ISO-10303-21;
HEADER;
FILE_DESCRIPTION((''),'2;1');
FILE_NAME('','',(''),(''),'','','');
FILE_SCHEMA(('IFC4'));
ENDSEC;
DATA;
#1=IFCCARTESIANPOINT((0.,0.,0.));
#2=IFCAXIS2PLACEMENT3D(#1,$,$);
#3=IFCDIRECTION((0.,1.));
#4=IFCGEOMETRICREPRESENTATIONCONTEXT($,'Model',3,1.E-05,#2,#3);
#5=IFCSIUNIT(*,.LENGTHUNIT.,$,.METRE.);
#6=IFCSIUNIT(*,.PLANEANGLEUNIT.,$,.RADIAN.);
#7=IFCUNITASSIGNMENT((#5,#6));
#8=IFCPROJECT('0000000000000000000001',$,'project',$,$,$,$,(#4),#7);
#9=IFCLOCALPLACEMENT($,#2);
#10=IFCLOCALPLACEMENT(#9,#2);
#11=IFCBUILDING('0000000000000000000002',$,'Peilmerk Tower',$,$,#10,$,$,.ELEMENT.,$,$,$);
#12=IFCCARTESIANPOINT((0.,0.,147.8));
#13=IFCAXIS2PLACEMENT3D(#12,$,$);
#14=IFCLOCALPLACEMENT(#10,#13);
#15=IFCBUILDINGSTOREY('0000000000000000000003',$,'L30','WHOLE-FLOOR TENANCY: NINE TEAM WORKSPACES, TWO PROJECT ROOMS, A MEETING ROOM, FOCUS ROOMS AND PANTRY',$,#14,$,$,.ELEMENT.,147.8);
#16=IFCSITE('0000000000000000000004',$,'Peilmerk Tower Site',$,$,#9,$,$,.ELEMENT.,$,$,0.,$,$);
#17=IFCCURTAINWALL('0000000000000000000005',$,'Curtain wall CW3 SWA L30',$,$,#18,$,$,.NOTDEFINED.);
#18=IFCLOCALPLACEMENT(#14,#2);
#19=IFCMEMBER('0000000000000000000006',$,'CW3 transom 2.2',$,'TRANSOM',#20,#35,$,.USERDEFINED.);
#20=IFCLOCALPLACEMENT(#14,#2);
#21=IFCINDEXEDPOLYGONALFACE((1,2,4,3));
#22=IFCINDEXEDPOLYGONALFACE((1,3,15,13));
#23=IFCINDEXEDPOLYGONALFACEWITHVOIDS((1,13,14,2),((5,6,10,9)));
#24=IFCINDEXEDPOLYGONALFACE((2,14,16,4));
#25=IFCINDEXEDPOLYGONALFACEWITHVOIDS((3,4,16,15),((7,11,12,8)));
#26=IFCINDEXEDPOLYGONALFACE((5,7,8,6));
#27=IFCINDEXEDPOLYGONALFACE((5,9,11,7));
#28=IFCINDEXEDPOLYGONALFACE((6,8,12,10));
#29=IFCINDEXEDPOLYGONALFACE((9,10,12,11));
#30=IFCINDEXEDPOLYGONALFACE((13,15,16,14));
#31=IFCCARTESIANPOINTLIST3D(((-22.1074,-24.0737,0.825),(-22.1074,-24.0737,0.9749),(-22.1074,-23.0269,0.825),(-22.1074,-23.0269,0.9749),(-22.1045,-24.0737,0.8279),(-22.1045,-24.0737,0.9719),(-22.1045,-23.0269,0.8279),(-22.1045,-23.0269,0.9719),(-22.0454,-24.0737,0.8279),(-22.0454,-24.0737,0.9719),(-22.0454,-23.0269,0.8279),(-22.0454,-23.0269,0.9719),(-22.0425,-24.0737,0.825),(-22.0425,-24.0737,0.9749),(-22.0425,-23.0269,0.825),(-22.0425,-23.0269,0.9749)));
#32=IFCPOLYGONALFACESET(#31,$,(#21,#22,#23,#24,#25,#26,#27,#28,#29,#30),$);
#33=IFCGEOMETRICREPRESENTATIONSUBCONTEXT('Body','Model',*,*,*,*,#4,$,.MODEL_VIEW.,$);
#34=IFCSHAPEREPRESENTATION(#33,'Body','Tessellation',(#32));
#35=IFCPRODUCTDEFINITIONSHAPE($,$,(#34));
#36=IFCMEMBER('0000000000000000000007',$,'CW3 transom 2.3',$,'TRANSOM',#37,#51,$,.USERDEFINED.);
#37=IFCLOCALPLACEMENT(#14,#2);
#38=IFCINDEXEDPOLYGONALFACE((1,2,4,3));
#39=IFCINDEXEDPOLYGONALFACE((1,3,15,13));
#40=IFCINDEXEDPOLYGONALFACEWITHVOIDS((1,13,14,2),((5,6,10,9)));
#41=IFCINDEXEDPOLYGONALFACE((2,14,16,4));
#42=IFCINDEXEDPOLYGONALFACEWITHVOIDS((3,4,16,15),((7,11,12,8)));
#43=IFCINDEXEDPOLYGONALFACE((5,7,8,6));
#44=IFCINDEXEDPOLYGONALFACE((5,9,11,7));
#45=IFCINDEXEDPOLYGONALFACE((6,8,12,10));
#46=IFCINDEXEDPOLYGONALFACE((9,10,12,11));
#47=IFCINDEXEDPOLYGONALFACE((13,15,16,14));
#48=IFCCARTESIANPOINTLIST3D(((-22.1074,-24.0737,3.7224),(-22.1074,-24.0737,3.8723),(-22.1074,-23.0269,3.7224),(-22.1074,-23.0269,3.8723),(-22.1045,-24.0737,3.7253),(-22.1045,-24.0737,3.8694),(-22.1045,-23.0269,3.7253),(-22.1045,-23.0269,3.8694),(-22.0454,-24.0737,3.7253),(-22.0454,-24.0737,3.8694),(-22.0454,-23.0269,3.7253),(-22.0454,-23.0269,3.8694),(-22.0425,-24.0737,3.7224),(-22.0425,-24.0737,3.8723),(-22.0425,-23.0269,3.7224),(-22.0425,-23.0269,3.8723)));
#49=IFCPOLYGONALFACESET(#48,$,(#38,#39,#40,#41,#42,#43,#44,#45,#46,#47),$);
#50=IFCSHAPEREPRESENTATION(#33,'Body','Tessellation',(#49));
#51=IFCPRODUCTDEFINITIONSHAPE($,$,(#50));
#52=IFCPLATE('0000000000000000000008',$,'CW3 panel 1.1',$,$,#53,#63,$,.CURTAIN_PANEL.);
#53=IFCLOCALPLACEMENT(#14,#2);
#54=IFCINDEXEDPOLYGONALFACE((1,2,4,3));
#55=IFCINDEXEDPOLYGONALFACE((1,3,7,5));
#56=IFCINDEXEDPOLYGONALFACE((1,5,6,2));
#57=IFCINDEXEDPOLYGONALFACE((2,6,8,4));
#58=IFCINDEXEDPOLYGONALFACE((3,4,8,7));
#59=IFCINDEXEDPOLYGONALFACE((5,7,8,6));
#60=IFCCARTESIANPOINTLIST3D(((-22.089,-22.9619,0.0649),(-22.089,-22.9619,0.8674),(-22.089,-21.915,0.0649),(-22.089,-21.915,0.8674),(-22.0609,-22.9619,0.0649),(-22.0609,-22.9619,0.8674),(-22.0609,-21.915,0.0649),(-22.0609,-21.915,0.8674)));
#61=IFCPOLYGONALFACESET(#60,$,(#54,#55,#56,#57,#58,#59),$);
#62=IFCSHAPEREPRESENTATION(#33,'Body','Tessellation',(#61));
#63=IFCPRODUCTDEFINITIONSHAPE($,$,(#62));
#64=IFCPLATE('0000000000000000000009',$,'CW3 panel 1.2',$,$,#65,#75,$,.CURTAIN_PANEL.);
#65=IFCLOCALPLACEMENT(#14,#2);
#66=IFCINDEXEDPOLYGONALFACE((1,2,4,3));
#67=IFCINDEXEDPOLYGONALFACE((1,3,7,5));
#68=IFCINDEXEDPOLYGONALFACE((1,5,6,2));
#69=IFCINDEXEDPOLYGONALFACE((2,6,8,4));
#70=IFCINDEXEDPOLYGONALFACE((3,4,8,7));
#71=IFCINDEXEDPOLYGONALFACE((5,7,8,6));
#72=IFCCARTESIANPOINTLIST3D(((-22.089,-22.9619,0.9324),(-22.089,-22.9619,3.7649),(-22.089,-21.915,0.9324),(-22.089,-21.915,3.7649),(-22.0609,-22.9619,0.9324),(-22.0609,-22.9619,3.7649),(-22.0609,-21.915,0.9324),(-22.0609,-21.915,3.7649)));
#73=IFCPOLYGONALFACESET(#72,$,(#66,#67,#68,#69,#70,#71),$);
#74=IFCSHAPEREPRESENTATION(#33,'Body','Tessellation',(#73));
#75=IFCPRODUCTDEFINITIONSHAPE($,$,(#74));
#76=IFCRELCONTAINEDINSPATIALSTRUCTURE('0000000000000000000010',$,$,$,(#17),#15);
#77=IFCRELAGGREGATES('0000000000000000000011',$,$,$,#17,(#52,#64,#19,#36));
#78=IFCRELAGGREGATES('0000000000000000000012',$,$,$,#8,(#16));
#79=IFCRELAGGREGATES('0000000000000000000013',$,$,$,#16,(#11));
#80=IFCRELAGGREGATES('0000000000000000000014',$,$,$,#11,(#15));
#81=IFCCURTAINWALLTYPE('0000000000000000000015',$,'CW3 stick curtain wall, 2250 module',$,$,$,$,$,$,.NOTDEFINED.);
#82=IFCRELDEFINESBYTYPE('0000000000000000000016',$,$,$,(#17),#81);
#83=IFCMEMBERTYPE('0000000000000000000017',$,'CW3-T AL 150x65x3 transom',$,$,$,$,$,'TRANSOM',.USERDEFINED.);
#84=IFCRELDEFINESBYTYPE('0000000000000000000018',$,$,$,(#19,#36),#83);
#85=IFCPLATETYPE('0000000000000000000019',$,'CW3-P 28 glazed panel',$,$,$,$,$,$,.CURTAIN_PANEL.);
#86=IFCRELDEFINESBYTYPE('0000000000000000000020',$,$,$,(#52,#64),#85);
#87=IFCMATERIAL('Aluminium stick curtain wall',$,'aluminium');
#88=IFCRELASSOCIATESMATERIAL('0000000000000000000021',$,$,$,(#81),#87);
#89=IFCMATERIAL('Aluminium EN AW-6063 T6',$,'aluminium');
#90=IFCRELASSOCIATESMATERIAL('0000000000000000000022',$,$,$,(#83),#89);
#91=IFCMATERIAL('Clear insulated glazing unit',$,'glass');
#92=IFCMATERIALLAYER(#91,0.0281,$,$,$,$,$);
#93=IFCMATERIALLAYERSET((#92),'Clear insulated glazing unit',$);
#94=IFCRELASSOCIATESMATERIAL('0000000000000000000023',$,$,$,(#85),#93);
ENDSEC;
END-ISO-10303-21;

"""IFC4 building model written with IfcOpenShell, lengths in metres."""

from ifc_helpers import new_model, si_unit, direction, frame, origin, origin_2d, place, context, subcontext, project, spatial, rectangle, hollow_rectangle, extrude, material, layer, layer_set, material_profile, profile_set, type_object, element, aggregate, save


model = new_model("IFC4")

# Units and contexts
model_context = context("Model", 3, precision=1e-05, world=origin(), true_north=direction((0.0, 1.0)))
body_context = subcontext(model_context, "Body", "Model", "MODEL_VIEW")
ifc_project = project(units=[si_unit("LENGTHUNIT", "METRE"), si_unit("PLANEANGLEUNIT", "RADIAN")], contexts=[model_context])

# Site, building, storey
site_placement = place(None, origin())
site = spatial("IfcSite", under=ifc_project, at=site_placement, Name="Peilmerk Tower Site", CompositionType="ELEMENT", RefElevation=0.0)
building_placement = place(site_placement, origin())
building = spatial("IfcBuilding", under=site, at=building_placement, Name="Peilmerk Tower", CompositionType="ELEMENT")
storey_placement = place(building_placement, frame((0.0, 0.0, 147.8)))
storey = spatial("IfcBuildingStorey", under=building, at=storey_placement, Name="L30", Description="WHOLE-FLOOR TENANCY: NINE TEAM WORKSPACES, TWO PROJECT ROOMS, A MEETING ROOM, FOCUS ROOMS AND PANTRY", CompositionType="ELEMENT", Elevation=147.8)

# Curtain wall, members, plates
ifc_material_1 = material(Name="Aluminium stick curtain wall", Category="aluminium")
curtain_wall_type = type_object("IfcCurtainWallType", Name="CW3 stick curtain wall, 2250 module", PredefinedType="NOTDEFINED", material=ifc_material_1)
curtain_wall_placement = place(storey_placement, origin())
curtain_wall = element("IfcCurtainWall", 1, at=curtain_wall_placement, inside=storey, type_object=curtain_wall_type, Name="Curtain wall CW3 SWA L30", PredefinedType="NOTDEFINED")
ifc_material_2 = material(Name="Aluminium EN AW-6063 T6", Category="aluminium")
ifc_material_profile_1 = material_profile(ifc_material_2, hollow_rectangle(XDim=0.0649, YDim=0.1499, WallThickness=0.0029, at=origin_2d()), Name="AL 150x65x3")
ifc_profile_set_1 = profile_set([ifc_material_profile_1], Name="Aluminium EN AW-6063 T6")
member_type_1 = type_object("IfcMemberType", Name="CW3-T AL 150x65x3 transom", ElementType="TRANSOM", PredefinedType="USERDEFINED", material=ifc_profile_set_1)
member_1_placement = place(storey_placement, frame((-22.075, -23.0269, 0.8999), z_axis=(0.0, -1.0, 0.0), x_axis=(1.0, 0.0, 0.0)))
member_1 = element("IfcMember", 2, at=member_1_placement, type_object=member_type_1, Name="CW3 transom 2.2", ObjectType="TRANSOM", PredefinedType="USERDEFINED", context=body_context, shape_type="SweptSolid", body=[
    extrude(hollow_rectangle(XDim=0.0649, YDim=0.1499, WallThickness=0.0029, at=origin_2d()), origin(), (0.0, 0.0, 1.0), 1.0469),
])
member_2_placement = place(storey_placement, frame((-22.075, -23.0269, 3.7974), z_axis=(0.0, -1.0, 0.0), x_axis=(1.0, 0.0, 0.0)))
member_2 = element("IfcMember", 3, at=member_2_placement, type_object=member_type_1, Name="CW3 transom 2.3", ObjectType="TRANSOM", PredefinedType="USERDEFINED", context=body_context, shape_type="SweptSolid", body=[
    extrude(hollow_rectangle(XDim=0.0649, YDim=0.1499, WallThickness=0.0029, at=origin_2d()), origin(), (0.0, 0.0, 1.0), 1.0469),
])
ifc_material_3 = material(Name="Clear insulated glazing unit", Category="glass")
ifc_layer = layer(ifc_material_3, 0.0281)
ifc_layer_set = layer_set([ifc_layer], Name="Clear insulated glazing unit")
plate_type = type_object("IfcPlateType", Name="CW3-P 28 glazed panel", PredefinedType="CURTAIN_PANEL", material=ifc_layer_set)
plate_1_placement = place(storey_placement, frame((-22.075, -22.4385, 0.0649), z_axis=(0.0, 0.0, 1.0), x_axis=(0.0, -1.0, 0.0)))
plate_1 = element("IfcPlate", 4, at=plate_1_placement, type_object=plate_type, Name="CW3 panel 1.1", PredefinedType="CURTAIN_PANEL", context=body_context, shape_type="SweptSolid", body=[
    extrude(rectangle(XDim=1.0469, YDim=0.0281, at=origin_2d()), origin(), (0.0, 0.0, 1.0), 0.8025),
])
plate_2_placement = place(storey_placement, frame((-22.075, -22.4385, 0.9324), z_axis=(0.0, 0.0, 1.0), x_axis=(0.0, -1.0, 0.0)))
plate_2 = element("IfcPlate", 5, at=plate_2_placement, type_object=plate_type, Name="CW3 panel 1.2", PredefinedType="CURTAIN_PANEL", context=body_context, shape_type="SweptSolid", body=[
    extrude(rectangle(XDim=1.0469, YDim=0.0281, at=origin_2d()), origin(), (0.0, 0.0, 1.0), 2.8325),
])
aggregate(curtain_wall, [plate_1, plate_2, member_1, member_2])

save(model, "model.ifc")
